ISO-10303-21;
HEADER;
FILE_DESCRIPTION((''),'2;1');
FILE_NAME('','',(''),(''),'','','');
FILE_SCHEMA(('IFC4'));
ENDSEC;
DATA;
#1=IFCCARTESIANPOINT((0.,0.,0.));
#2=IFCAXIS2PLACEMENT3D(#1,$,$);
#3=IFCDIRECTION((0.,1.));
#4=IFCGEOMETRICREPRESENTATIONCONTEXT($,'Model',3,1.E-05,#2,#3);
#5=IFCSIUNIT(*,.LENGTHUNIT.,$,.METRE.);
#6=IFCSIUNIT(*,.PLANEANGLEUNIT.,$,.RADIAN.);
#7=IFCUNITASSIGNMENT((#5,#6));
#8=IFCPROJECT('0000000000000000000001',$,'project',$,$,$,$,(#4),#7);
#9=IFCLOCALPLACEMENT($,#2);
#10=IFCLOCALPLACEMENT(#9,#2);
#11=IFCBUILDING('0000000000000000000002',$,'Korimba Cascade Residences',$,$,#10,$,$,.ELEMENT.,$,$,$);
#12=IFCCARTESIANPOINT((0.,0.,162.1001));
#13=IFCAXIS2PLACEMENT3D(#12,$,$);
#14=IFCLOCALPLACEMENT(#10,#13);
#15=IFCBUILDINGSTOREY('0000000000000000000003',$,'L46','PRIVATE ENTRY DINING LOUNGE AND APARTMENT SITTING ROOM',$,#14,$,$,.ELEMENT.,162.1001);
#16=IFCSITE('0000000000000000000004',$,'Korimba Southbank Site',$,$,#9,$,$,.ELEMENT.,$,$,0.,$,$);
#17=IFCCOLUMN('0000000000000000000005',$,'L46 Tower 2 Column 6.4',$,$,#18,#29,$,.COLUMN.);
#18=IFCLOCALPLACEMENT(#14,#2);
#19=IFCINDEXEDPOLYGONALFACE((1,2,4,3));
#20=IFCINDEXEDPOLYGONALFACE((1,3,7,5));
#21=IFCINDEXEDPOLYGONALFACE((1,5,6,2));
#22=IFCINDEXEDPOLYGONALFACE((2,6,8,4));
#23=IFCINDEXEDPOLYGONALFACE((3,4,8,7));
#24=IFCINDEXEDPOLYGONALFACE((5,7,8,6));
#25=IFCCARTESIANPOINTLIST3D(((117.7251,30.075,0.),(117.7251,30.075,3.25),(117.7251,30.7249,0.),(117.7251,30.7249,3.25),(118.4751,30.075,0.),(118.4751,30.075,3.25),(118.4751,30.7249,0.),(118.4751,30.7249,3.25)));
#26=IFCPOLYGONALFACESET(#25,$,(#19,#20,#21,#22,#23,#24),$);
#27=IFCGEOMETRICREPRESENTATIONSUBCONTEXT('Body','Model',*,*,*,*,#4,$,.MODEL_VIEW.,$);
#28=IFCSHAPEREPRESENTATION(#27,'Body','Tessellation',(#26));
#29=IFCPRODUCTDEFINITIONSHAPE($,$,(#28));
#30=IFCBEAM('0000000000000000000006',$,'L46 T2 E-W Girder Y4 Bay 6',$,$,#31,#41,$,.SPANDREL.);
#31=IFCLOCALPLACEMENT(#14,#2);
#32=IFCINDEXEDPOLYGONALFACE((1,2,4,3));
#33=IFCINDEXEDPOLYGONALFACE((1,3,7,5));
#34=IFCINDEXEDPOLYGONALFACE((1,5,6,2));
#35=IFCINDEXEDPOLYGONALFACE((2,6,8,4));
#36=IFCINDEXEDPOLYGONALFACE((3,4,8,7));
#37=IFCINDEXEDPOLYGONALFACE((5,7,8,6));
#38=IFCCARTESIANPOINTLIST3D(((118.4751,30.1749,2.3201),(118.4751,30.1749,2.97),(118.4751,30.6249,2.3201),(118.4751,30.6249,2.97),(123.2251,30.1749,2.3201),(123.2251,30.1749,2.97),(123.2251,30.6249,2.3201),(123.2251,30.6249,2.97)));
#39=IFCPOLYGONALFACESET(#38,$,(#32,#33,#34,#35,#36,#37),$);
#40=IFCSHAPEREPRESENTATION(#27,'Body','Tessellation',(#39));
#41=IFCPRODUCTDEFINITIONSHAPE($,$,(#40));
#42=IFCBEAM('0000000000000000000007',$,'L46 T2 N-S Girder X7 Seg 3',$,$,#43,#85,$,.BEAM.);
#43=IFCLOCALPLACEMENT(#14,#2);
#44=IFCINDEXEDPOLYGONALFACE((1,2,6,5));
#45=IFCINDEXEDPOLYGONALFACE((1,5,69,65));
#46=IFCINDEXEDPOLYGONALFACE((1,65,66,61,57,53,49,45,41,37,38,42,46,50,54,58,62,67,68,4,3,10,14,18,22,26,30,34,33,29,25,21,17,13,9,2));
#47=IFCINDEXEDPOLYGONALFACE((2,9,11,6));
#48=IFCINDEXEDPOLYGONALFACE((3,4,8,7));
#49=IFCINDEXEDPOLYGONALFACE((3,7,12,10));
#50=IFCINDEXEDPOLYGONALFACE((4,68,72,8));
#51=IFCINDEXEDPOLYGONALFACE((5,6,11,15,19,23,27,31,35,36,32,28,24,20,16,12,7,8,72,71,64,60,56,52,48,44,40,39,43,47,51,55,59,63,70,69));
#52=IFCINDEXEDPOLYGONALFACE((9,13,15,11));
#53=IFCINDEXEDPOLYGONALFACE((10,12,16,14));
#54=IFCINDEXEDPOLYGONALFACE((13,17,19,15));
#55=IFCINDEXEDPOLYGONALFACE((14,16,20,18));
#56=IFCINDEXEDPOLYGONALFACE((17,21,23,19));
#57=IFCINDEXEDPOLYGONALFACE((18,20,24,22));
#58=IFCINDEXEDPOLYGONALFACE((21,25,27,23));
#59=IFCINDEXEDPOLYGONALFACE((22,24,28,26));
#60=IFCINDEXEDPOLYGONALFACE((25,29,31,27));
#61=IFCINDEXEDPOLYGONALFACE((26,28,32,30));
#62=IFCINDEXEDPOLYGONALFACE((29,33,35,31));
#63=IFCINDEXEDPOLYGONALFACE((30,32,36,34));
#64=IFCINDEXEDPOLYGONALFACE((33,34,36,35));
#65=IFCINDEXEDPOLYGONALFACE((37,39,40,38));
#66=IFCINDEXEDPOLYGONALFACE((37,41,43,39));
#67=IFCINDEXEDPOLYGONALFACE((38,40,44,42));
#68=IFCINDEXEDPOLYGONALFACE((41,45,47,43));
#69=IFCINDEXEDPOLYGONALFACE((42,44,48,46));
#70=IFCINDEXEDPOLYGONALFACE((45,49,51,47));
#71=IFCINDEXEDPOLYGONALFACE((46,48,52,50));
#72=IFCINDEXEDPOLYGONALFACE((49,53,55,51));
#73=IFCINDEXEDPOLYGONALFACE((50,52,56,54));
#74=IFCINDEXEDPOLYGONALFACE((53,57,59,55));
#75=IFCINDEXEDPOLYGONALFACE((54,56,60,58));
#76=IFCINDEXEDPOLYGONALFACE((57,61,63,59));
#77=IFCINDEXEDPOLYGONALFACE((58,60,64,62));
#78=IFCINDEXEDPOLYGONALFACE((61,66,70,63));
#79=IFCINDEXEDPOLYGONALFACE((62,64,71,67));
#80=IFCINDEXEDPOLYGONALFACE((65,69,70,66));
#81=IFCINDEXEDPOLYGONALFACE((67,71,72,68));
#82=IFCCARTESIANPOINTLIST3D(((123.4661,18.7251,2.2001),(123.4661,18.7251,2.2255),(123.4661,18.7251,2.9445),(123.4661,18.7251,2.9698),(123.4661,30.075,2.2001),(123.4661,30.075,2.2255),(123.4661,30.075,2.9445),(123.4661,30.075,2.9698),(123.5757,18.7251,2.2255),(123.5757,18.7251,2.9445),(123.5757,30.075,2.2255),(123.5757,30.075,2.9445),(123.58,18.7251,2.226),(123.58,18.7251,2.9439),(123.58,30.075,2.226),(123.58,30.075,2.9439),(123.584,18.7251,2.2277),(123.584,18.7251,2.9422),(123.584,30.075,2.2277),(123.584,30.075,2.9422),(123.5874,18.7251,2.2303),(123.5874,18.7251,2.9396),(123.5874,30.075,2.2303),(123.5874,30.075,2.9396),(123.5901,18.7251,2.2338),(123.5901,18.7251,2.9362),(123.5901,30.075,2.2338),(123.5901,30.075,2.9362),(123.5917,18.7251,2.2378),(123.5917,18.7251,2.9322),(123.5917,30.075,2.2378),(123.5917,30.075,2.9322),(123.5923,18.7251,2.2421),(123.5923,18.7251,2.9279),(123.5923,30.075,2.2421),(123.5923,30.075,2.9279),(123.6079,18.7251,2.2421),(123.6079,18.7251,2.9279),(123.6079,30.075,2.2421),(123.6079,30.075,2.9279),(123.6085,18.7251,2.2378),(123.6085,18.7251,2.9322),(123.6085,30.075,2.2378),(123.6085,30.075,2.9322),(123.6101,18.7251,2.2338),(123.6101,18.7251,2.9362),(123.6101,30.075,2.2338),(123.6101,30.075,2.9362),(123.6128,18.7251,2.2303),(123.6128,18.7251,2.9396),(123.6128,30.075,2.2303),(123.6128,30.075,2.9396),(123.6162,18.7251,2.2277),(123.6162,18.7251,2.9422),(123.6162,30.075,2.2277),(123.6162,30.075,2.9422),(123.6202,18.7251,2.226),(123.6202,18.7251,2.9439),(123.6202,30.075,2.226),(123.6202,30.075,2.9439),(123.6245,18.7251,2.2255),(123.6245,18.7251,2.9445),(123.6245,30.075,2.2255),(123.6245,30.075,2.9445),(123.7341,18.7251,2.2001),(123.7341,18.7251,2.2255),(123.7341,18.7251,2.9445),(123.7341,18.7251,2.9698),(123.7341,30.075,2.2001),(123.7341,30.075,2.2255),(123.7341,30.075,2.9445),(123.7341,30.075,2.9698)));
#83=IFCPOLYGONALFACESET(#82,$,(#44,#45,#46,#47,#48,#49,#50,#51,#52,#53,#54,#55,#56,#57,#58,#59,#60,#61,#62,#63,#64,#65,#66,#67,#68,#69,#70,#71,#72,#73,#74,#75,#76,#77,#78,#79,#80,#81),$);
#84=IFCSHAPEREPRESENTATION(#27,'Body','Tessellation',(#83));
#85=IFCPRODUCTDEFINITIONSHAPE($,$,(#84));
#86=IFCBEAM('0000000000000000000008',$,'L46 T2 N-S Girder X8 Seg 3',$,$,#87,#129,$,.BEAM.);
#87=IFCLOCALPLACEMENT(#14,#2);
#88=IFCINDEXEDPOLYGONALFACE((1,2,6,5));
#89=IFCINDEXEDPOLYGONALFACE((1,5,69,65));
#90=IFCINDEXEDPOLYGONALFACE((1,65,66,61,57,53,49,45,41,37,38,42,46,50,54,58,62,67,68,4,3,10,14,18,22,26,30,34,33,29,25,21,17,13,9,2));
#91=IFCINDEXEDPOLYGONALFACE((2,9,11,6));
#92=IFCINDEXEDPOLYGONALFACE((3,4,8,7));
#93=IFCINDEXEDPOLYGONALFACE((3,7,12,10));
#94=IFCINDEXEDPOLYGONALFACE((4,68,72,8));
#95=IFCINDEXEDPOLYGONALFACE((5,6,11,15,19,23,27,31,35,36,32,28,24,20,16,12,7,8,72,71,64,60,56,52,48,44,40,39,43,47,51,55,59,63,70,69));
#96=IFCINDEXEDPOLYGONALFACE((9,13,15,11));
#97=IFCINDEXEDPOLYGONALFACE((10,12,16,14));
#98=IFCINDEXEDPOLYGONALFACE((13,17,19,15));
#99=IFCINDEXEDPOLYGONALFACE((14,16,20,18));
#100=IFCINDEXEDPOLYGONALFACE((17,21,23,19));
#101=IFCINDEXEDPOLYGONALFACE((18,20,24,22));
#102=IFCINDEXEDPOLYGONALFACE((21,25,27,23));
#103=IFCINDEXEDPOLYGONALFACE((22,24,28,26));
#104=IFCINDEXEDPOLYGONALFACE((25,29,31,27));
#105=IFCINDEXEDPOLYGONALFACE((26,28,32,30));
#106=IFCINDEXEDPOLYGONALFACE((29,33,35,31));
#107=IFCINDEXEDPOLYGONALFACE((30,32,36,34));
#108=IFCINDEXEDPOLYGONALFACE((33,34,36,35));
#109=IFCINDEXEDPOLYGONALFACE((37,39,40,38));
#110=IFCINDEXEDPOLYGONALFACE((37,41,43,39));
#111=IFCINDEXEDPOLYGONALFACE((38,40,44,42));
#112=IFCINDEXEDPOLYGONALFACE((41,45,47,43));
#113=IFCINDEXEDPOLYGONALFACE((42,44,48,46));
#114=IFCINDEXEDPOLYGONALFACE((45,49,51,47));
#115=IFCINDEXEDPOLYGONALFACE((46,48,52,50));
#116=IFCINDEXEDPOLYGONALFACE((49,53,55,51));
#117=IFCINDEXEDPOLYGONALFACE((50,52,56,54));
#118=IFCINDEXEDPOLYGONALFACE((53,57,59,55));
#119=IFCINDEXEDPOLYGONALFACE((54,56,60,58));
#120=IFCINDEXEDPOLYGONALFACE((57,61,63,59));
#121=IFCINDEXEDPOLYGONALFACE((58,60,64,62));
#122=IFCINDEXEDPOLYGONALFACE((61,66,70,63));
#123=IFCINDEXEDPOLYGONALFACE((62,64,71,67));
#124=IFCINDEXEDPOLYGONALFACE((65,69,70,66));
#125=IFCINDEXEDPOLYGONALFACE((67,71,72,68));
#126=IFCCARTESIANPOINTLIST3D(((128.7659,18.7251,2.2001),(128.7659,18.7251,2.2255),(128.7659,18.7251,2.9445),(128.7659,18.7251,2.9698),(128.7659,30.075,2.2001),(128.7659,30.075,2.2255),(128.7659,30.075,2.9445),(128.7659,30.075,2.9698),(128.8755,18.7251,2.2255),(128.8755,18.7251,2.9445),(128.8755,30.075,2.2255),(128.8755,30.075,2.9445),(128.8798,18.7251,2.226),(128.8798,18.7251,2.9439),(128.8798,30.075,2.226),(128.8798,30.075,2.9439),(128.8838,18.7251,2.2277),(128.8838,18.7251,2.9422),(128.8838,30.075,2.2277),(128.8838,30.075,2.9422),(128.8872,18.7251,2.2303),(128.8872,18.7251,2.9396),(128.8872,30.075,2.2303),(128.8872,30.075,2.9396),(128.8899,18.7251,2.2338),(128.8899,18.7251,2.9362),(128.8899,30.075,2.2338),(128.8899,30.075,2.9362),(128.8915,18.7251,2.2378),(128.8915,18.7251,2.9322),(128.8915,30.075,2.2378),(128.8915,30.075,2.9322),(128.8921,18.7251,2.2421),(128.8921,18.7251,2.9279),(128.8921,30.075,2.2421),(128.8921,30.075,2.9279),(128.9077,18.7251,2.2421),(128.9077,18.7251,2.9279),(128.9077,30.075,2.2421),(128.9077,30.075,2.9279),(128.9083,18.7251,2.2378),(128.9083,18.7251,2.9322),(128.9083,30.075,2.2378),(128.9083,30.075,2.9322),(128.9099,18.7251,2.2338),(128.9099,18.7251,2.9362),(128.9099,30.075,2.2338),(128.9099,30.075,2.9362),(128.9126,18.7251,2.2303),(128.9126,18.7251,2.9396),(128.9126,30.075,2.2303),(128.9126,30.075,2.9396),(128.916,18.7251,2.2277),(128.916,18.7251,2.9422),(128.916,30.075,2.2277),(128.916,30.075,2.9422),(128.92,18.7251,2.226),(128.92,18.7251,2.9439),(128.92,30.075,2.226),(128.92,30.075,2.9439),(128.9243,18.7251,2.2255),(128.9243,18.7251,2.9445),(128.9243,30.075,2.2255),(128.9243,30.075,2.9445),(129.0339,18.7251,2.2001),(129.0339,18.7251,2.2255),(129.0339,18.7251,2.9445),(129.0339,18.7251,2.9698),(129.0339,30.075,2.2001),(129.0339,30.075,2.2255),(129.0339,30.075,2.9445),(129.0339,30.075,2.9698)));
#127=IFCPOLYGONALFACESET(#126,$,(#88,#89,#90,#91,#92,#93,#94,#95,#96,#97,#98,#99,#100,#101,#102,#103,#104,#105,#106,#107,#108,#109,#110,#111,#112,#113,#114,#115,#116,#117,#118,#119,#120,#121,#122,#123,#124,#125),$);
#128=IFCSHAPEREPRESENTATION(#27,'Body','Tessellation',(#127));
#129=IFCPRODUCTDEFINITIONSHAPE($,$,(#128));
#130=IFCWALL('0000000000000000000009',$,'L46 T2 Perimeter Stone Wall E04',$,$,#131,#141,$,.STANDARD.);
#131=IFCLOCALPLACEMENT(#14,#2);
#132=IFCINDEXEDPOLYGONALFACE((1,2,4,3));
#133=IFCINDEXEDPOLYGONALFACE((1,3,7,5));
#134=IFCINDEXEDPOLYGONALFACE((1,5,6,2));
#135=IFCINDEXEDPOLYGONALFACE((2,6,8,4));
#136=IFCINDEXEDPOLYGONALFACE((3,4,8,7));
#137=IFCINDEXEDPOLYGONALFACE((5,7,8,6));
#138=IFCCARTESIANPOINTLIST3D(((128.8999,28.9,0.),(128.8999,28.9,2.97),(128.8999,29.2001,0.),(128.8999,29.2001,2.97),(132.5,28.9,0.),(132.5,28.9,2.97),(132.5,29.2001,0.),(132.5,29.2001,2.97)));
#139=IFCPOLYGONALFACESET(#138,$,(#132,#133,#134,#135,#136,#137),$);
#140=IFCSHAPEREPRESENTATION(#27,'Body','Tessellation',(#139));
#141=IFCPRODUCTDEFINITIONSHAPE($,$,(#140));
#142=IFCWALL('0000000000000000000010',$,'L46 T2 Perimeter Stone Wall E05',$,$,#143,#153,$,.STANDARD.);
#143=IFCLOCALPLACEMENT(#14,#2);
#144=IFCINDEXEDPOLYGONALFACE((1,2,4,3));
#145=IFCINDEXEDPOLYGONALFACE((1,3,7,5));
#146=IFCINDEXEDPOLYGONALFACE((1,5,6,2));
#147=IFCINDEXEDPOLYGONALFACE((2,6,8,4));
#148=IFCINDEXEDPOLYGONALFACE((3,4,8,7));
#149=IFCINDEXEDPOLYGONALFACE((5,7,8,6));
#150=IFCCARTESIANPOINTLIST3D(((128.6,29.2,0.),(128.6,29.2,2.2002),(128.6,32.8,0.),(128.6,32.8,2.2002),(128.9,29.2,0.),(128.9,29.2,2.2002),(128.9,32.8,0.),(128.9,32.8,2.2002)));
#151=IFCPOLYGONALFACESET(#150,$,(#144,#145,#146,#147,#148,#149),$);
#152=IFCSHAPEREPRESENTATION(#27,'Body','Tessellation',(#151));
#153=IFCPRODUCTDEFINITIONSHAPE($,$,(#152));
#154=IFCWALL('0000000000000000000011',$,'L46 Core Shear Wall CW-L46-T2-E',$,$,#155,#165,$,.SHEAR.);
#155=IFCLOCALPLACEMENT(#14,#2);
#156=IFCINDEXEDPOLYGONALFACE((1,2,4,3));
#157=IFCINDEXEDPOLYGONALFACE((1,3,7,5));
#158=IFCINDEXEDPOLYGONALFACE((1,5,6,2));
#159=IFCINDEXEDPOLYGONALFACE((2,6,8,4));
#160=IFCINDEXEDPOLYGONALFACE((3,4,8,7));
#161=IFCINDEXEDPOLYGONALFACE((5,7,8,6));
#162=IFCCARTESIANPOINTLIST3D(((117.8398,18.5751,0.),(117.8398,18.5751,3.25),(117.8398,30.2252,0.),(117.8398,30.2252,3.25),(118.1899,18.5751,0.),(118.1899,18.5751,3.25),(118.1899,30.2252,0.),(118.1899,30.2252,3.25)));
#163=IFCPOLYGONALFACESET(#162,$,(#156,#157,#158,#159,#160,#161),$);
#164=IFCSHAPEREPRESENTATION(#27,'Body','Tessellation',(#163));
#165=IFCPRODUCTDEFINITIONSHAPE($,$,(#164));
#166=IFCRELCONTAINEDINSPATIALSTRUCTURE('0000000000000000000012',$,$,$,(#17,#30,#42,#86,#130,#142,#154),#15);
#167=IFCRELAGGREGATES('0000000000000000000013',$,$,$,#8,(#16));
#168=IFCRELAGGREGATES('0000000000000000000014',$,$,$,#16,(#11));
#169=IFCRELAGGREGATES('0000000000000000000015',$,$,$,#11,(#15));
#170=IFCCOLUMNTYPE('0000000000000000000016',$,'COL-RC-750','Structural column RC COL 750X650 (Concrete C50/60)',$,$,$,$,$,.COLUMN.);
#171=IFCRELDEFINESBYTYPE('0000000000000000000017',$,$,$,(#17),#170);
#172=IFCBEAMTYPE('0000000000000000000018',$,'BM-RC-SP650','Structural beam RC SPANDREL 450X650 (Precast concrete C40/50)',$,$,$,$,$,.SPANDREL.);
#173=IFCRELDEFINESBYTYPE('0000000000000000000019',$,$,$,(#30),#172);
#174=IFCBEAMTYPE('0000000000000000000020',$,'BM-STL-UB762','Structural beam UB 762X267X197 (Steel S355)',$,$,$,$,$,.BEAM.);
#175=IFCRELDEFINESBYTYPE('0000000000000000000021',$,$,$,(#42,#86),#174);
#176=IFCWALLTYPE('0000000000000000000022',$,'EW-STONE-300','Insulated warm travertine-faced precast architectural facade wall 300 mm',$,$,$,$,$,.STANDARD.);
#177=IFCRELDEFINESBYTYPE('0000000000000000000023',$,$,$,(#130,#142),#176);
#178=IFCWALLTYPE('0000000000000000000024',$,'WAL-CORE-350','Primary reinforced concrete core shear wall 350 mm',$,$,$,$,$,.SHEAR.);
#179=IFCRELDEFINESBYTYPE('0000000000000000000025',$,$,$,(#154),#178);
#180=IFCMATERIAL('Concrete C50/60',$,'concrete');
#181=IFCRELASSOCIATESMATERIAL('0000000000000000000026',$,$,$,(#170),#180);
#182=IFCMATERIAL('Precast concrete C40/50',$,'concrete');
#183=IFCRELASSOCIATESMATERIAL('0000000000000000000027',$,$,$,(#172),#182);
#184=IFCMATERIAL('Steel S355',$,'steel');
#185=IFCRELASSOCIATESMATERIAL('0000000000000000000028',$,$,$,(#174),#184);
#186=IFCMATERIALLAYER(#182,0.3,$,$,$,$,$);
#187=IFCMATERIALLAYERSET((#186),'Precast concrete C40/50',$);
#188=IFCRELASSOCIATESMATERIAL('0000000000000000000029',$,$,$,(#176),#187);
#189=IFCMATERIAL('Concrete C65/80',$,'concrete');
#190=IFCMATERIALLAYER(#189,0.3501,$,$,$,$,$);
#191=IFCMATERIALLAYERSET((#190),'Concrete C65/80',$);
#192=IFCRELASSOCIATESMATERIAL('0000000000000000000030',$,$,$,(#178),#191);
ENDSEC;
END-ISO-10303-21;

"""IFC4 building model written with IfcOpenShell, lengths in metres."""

from ifc_helpers import new_model, si_unit, direction, frame, frame_2d, origin, origin_2d, place, context, subcontext, project, spatial, rectangle, i_section, extrude, material, layer, layer_set, material_profile, profile_set, type_object, element, save


model = new_model("IFC4")

# Units and contexts
model_context = context("Model", 3, precision=1e-05, world=origin(), true_north=direction((0.0, 1.0)))
body_context = subcontext(model_context, "Body", "Model", "MODEL_VIEW")
ifc_project = project(units=[si_unit("LENGTHUNIT", "METRE"), si_unit("PLANEANGLEUNIT", "RADIAN")], contexts=[model_context])

# Site, building, storey
site_placement = place(None, origin())
site = spatial("IfcSite", under=ifc_project, at=site_placement, Name="Korimba Southbank Site", CompositionType="ELEMENT", RefElevation=0.0)
building_placement = place(site_placement, origin())
building = spatial("IfcBuilding", under=site, at=building_placement, Name="Korimba Cascade Residences", CompositionType="ELEMENT")
storey_placement = place(building_placement, frame((0.0, 0.0, 162.1001)))
storey = spatial("IfcBuildingStorey", under=building, at=storey_placement, Name="L46", Description="PRIVATE ENTRY DINING LOUNGE AND APARTMENT SITTING ROOM", CompositionType="ELEMENT", Elevation=162.1001)

# Column
ifc_material_1 = material(Name="Concrete C50/60", Category="concrete")
ifc_material_profile_1 = material_profile(ifc_material_1, rectangle(XDim=0.75, YDim=0.6499, at=origin_2d()), Name="Concrete C50/60")
ifc_profile_set_1 = profile_set([ifc_material_profile_1], Name="Concrete C50/60")
column_type = type_object("IfcColumnType", Name="COL-RC-750", Description="Structural column RC COL 750X650 (Concrete C50/60)", PredefinedType="COLUMN", material=ifc_profile_set_1)
column_placement = place(storey_placement, frame((118.1001, 30.3999, 0.0), z_axis=(0.0, 0.0, 1.0), x_axis=(1.0, 0.0, 0.0)))
element("IfcColumn", 1, at=column_placement, inside=storey, type_object=column_type, Name="L46 Tower 2 Column 6.4", PredefinedType="COLUMN", context=body_context, shape_type="SweptSolid", body=[
    extrude(rectangle(XDim=0.75, YDim=0.6499, at=origin_2d()), origin(), (0.0, 0.0, 1.0), 3.25),
])

# Beams
ifc_material_2 = material(Name="Precast concrete C40/50", Category="concrete")
ifc_material_profile_2 = material_profile(ifc_material_2, rectangle(XDim=0.45, YDim=0.6499, at=origin_2d()), Name="Precast concrete C40/50")
ifc_profile_set_2 = profile_set([ifc_material_profile_2], Name="Precast concrete C40/50")
beam_type_1 = type_object("IfcBeamType", Name="BM-RC-SP650", Description="Structural beam RC SPANDREL 450X650 (Precast concrete C40/50)", PredefinedType="SPANDREL", material=ifc_profile_set_2)
beam_placement = place(storey_placement, frame((118.4751, 30.3999, 2.645), z_axis=(1.0, 0.0, 0.0), x_axis=(0.0, 1.0, 0.0)))
element("IfcBeam", 2, at=beam_placement, inside=storey, type_object=beam_type_1, Name="L46 T2 E-W Girder Y4 Bay 6", PredefinedType="SPANDREL", context=body_context, shape_type="SweptSolid", body=[
    extrude(rectangle(XDim=0.45, YDim=0.6499, at=origin_2d()), origin(), (0.0, 0.0, 1.0), 4.75),
])
ifc_material_3 = material(Name="Steel S355", Category="steel")
ifc_material_profile_3 = material_profile(ifc_material_3, i_section(OverallWidth=0.2681, OverallDepth=0.7698, WebThickness=0.0156, FlangeThickness=0.0254, FilletRadius=0.0166, at=origin_2d()), Name="Steel S355")
ifc_profile_set_3 = profile_set([ifc_material_profile_3], Name="Steel S355")
beam_type_2 = type_object("IfcBeamType", Name="BM-STL-UB762", Description="Structural beam UB 762X267X197 (Steel S355)", PredefinedType="BEAM", material=ifc_profile_set_3)
for number, where, z_axis, x_axis, name in (
    (3, (123.6001, 18.7251, 2.585), (0.0, 1.0, 0.0), (-1.0, 0.0, 0.0), "L46 T2 N-S Girder X7 Seg 3"),
    (4, (128.8999, 18.7251, 2.585), (0.0, 1.0, 0.0), (-1.0, 0.0, 0.0), "L46 T2 N-S Girder X8 Seg 3"),
):
    element("IfcBeam", number, at=place(storey_placement, frame(where, z_axis=z_axis, x_axis=x_axis)), inside=storey, type_object=beam_type_2, Name=name, PredefinedType="BEAM", context=body_context, shape_type="SweptSolid", body=[
        extrude(i_section(OverallWidth=0.2681, OverallDepth=0.7698, WebThickness=0.0156, FlangeThickness=0.0254, FilletRadius=0.0166, at=origin_2d()), origin(), (0.0, 0.0, 1.0), 11.3499),
    ])

# Walls
ifc_layer_1 = layer(ifc_material_2, 0.3)
ifc_layer_set_1 = layer_set([ifc_layer_1], Name="Precast concrete C40/50")
wall_type_1 = type_object("IfcWallType", Name="EW-STONE-300", Description="Insulated warm travertine-faced precast architectural facade wall 300 mm", PredefinedType="STANDARD", material=ifc_layer_set_1)
wall_1_placement = place(storey_placement, frame((132.5, 29.05, 0.0), z_axis=(0.0, 0.0, 1.0), x_axis=(-1.0, 0.0, 0.0)))
element("IfcWall", 5, at=wall_1_placement, inside=storey, type_object=wall_type_1, Name="L46 T2 Perimeter Stone Wall E04", PredefinedType="STANDARD", context=body_context, shape_type="SweptSolid", body=[
    extrude(rectangle(XDim=3.6001, YDim=0.3, at=frame_2d((1.8, 0.0))), origin(), (0.0, 0.0, 1.0), 2.97),
])
wall_2_placement = place(storey_placement, frame((128.75, 29.2, 0.0), z_axis=(0.0, 0.0, 1.0), x_axis=(0.0, 1.0, 0.0)))
element("IfcWall", 6, at=wall_2_placement, inside=storey, type_object=wall_type_1, Name="L46 T2 Perimeter Stone Wall E05", PredefinedType="STANDARD", context=body_context, shape_type="SweptSolid", body=[
    extrude(rectangle(XDim=3.6001, YDim=0.3, at=frame_2d((1.8, 0.0))), origin(), (0.0, 0.0, 1.0), 2.2002),
])
ifc_material_4 = material(Name="Concrete C65/80", Category="concrete")
ifc_layer_2 = layer(ifc_material_4, 0.3501)
ifc_layer_set_2 = layer_set([ifc_layer_2], Name="Concrete C65/80")
wall_type_2 = type_object("IfcWallType", Name="WAL-CORE-350", Description="Primary reinforced concrete core shear wall 350 mm", PredefinedType="SHEAR", material=ifc_layer_set_2)
wall_3_placement = place(storey_placement, frame((118.0149, 18.575, 0.0), z_axis=(0.0, 0.0, 1.0), x_axis=(0.0, 1.0, 0.0)))
element("IfcWall", 7, at=wall_3_placement, inside=storey, type_object=wall_type_2, Name="L46 Core Shear Wall CW-L46-T2-E", PredefinedType="SHEAR", context=body_context, shape_type="SweptSolid", body=[
    extrude(rectangle(XDim=11.6501, YDim=0.3501, at=frame_2d((5.8252, 0.0))), origin(), (0.0, 0.0, 1.0), 3.25),
])

save(model, "model.ifc")
